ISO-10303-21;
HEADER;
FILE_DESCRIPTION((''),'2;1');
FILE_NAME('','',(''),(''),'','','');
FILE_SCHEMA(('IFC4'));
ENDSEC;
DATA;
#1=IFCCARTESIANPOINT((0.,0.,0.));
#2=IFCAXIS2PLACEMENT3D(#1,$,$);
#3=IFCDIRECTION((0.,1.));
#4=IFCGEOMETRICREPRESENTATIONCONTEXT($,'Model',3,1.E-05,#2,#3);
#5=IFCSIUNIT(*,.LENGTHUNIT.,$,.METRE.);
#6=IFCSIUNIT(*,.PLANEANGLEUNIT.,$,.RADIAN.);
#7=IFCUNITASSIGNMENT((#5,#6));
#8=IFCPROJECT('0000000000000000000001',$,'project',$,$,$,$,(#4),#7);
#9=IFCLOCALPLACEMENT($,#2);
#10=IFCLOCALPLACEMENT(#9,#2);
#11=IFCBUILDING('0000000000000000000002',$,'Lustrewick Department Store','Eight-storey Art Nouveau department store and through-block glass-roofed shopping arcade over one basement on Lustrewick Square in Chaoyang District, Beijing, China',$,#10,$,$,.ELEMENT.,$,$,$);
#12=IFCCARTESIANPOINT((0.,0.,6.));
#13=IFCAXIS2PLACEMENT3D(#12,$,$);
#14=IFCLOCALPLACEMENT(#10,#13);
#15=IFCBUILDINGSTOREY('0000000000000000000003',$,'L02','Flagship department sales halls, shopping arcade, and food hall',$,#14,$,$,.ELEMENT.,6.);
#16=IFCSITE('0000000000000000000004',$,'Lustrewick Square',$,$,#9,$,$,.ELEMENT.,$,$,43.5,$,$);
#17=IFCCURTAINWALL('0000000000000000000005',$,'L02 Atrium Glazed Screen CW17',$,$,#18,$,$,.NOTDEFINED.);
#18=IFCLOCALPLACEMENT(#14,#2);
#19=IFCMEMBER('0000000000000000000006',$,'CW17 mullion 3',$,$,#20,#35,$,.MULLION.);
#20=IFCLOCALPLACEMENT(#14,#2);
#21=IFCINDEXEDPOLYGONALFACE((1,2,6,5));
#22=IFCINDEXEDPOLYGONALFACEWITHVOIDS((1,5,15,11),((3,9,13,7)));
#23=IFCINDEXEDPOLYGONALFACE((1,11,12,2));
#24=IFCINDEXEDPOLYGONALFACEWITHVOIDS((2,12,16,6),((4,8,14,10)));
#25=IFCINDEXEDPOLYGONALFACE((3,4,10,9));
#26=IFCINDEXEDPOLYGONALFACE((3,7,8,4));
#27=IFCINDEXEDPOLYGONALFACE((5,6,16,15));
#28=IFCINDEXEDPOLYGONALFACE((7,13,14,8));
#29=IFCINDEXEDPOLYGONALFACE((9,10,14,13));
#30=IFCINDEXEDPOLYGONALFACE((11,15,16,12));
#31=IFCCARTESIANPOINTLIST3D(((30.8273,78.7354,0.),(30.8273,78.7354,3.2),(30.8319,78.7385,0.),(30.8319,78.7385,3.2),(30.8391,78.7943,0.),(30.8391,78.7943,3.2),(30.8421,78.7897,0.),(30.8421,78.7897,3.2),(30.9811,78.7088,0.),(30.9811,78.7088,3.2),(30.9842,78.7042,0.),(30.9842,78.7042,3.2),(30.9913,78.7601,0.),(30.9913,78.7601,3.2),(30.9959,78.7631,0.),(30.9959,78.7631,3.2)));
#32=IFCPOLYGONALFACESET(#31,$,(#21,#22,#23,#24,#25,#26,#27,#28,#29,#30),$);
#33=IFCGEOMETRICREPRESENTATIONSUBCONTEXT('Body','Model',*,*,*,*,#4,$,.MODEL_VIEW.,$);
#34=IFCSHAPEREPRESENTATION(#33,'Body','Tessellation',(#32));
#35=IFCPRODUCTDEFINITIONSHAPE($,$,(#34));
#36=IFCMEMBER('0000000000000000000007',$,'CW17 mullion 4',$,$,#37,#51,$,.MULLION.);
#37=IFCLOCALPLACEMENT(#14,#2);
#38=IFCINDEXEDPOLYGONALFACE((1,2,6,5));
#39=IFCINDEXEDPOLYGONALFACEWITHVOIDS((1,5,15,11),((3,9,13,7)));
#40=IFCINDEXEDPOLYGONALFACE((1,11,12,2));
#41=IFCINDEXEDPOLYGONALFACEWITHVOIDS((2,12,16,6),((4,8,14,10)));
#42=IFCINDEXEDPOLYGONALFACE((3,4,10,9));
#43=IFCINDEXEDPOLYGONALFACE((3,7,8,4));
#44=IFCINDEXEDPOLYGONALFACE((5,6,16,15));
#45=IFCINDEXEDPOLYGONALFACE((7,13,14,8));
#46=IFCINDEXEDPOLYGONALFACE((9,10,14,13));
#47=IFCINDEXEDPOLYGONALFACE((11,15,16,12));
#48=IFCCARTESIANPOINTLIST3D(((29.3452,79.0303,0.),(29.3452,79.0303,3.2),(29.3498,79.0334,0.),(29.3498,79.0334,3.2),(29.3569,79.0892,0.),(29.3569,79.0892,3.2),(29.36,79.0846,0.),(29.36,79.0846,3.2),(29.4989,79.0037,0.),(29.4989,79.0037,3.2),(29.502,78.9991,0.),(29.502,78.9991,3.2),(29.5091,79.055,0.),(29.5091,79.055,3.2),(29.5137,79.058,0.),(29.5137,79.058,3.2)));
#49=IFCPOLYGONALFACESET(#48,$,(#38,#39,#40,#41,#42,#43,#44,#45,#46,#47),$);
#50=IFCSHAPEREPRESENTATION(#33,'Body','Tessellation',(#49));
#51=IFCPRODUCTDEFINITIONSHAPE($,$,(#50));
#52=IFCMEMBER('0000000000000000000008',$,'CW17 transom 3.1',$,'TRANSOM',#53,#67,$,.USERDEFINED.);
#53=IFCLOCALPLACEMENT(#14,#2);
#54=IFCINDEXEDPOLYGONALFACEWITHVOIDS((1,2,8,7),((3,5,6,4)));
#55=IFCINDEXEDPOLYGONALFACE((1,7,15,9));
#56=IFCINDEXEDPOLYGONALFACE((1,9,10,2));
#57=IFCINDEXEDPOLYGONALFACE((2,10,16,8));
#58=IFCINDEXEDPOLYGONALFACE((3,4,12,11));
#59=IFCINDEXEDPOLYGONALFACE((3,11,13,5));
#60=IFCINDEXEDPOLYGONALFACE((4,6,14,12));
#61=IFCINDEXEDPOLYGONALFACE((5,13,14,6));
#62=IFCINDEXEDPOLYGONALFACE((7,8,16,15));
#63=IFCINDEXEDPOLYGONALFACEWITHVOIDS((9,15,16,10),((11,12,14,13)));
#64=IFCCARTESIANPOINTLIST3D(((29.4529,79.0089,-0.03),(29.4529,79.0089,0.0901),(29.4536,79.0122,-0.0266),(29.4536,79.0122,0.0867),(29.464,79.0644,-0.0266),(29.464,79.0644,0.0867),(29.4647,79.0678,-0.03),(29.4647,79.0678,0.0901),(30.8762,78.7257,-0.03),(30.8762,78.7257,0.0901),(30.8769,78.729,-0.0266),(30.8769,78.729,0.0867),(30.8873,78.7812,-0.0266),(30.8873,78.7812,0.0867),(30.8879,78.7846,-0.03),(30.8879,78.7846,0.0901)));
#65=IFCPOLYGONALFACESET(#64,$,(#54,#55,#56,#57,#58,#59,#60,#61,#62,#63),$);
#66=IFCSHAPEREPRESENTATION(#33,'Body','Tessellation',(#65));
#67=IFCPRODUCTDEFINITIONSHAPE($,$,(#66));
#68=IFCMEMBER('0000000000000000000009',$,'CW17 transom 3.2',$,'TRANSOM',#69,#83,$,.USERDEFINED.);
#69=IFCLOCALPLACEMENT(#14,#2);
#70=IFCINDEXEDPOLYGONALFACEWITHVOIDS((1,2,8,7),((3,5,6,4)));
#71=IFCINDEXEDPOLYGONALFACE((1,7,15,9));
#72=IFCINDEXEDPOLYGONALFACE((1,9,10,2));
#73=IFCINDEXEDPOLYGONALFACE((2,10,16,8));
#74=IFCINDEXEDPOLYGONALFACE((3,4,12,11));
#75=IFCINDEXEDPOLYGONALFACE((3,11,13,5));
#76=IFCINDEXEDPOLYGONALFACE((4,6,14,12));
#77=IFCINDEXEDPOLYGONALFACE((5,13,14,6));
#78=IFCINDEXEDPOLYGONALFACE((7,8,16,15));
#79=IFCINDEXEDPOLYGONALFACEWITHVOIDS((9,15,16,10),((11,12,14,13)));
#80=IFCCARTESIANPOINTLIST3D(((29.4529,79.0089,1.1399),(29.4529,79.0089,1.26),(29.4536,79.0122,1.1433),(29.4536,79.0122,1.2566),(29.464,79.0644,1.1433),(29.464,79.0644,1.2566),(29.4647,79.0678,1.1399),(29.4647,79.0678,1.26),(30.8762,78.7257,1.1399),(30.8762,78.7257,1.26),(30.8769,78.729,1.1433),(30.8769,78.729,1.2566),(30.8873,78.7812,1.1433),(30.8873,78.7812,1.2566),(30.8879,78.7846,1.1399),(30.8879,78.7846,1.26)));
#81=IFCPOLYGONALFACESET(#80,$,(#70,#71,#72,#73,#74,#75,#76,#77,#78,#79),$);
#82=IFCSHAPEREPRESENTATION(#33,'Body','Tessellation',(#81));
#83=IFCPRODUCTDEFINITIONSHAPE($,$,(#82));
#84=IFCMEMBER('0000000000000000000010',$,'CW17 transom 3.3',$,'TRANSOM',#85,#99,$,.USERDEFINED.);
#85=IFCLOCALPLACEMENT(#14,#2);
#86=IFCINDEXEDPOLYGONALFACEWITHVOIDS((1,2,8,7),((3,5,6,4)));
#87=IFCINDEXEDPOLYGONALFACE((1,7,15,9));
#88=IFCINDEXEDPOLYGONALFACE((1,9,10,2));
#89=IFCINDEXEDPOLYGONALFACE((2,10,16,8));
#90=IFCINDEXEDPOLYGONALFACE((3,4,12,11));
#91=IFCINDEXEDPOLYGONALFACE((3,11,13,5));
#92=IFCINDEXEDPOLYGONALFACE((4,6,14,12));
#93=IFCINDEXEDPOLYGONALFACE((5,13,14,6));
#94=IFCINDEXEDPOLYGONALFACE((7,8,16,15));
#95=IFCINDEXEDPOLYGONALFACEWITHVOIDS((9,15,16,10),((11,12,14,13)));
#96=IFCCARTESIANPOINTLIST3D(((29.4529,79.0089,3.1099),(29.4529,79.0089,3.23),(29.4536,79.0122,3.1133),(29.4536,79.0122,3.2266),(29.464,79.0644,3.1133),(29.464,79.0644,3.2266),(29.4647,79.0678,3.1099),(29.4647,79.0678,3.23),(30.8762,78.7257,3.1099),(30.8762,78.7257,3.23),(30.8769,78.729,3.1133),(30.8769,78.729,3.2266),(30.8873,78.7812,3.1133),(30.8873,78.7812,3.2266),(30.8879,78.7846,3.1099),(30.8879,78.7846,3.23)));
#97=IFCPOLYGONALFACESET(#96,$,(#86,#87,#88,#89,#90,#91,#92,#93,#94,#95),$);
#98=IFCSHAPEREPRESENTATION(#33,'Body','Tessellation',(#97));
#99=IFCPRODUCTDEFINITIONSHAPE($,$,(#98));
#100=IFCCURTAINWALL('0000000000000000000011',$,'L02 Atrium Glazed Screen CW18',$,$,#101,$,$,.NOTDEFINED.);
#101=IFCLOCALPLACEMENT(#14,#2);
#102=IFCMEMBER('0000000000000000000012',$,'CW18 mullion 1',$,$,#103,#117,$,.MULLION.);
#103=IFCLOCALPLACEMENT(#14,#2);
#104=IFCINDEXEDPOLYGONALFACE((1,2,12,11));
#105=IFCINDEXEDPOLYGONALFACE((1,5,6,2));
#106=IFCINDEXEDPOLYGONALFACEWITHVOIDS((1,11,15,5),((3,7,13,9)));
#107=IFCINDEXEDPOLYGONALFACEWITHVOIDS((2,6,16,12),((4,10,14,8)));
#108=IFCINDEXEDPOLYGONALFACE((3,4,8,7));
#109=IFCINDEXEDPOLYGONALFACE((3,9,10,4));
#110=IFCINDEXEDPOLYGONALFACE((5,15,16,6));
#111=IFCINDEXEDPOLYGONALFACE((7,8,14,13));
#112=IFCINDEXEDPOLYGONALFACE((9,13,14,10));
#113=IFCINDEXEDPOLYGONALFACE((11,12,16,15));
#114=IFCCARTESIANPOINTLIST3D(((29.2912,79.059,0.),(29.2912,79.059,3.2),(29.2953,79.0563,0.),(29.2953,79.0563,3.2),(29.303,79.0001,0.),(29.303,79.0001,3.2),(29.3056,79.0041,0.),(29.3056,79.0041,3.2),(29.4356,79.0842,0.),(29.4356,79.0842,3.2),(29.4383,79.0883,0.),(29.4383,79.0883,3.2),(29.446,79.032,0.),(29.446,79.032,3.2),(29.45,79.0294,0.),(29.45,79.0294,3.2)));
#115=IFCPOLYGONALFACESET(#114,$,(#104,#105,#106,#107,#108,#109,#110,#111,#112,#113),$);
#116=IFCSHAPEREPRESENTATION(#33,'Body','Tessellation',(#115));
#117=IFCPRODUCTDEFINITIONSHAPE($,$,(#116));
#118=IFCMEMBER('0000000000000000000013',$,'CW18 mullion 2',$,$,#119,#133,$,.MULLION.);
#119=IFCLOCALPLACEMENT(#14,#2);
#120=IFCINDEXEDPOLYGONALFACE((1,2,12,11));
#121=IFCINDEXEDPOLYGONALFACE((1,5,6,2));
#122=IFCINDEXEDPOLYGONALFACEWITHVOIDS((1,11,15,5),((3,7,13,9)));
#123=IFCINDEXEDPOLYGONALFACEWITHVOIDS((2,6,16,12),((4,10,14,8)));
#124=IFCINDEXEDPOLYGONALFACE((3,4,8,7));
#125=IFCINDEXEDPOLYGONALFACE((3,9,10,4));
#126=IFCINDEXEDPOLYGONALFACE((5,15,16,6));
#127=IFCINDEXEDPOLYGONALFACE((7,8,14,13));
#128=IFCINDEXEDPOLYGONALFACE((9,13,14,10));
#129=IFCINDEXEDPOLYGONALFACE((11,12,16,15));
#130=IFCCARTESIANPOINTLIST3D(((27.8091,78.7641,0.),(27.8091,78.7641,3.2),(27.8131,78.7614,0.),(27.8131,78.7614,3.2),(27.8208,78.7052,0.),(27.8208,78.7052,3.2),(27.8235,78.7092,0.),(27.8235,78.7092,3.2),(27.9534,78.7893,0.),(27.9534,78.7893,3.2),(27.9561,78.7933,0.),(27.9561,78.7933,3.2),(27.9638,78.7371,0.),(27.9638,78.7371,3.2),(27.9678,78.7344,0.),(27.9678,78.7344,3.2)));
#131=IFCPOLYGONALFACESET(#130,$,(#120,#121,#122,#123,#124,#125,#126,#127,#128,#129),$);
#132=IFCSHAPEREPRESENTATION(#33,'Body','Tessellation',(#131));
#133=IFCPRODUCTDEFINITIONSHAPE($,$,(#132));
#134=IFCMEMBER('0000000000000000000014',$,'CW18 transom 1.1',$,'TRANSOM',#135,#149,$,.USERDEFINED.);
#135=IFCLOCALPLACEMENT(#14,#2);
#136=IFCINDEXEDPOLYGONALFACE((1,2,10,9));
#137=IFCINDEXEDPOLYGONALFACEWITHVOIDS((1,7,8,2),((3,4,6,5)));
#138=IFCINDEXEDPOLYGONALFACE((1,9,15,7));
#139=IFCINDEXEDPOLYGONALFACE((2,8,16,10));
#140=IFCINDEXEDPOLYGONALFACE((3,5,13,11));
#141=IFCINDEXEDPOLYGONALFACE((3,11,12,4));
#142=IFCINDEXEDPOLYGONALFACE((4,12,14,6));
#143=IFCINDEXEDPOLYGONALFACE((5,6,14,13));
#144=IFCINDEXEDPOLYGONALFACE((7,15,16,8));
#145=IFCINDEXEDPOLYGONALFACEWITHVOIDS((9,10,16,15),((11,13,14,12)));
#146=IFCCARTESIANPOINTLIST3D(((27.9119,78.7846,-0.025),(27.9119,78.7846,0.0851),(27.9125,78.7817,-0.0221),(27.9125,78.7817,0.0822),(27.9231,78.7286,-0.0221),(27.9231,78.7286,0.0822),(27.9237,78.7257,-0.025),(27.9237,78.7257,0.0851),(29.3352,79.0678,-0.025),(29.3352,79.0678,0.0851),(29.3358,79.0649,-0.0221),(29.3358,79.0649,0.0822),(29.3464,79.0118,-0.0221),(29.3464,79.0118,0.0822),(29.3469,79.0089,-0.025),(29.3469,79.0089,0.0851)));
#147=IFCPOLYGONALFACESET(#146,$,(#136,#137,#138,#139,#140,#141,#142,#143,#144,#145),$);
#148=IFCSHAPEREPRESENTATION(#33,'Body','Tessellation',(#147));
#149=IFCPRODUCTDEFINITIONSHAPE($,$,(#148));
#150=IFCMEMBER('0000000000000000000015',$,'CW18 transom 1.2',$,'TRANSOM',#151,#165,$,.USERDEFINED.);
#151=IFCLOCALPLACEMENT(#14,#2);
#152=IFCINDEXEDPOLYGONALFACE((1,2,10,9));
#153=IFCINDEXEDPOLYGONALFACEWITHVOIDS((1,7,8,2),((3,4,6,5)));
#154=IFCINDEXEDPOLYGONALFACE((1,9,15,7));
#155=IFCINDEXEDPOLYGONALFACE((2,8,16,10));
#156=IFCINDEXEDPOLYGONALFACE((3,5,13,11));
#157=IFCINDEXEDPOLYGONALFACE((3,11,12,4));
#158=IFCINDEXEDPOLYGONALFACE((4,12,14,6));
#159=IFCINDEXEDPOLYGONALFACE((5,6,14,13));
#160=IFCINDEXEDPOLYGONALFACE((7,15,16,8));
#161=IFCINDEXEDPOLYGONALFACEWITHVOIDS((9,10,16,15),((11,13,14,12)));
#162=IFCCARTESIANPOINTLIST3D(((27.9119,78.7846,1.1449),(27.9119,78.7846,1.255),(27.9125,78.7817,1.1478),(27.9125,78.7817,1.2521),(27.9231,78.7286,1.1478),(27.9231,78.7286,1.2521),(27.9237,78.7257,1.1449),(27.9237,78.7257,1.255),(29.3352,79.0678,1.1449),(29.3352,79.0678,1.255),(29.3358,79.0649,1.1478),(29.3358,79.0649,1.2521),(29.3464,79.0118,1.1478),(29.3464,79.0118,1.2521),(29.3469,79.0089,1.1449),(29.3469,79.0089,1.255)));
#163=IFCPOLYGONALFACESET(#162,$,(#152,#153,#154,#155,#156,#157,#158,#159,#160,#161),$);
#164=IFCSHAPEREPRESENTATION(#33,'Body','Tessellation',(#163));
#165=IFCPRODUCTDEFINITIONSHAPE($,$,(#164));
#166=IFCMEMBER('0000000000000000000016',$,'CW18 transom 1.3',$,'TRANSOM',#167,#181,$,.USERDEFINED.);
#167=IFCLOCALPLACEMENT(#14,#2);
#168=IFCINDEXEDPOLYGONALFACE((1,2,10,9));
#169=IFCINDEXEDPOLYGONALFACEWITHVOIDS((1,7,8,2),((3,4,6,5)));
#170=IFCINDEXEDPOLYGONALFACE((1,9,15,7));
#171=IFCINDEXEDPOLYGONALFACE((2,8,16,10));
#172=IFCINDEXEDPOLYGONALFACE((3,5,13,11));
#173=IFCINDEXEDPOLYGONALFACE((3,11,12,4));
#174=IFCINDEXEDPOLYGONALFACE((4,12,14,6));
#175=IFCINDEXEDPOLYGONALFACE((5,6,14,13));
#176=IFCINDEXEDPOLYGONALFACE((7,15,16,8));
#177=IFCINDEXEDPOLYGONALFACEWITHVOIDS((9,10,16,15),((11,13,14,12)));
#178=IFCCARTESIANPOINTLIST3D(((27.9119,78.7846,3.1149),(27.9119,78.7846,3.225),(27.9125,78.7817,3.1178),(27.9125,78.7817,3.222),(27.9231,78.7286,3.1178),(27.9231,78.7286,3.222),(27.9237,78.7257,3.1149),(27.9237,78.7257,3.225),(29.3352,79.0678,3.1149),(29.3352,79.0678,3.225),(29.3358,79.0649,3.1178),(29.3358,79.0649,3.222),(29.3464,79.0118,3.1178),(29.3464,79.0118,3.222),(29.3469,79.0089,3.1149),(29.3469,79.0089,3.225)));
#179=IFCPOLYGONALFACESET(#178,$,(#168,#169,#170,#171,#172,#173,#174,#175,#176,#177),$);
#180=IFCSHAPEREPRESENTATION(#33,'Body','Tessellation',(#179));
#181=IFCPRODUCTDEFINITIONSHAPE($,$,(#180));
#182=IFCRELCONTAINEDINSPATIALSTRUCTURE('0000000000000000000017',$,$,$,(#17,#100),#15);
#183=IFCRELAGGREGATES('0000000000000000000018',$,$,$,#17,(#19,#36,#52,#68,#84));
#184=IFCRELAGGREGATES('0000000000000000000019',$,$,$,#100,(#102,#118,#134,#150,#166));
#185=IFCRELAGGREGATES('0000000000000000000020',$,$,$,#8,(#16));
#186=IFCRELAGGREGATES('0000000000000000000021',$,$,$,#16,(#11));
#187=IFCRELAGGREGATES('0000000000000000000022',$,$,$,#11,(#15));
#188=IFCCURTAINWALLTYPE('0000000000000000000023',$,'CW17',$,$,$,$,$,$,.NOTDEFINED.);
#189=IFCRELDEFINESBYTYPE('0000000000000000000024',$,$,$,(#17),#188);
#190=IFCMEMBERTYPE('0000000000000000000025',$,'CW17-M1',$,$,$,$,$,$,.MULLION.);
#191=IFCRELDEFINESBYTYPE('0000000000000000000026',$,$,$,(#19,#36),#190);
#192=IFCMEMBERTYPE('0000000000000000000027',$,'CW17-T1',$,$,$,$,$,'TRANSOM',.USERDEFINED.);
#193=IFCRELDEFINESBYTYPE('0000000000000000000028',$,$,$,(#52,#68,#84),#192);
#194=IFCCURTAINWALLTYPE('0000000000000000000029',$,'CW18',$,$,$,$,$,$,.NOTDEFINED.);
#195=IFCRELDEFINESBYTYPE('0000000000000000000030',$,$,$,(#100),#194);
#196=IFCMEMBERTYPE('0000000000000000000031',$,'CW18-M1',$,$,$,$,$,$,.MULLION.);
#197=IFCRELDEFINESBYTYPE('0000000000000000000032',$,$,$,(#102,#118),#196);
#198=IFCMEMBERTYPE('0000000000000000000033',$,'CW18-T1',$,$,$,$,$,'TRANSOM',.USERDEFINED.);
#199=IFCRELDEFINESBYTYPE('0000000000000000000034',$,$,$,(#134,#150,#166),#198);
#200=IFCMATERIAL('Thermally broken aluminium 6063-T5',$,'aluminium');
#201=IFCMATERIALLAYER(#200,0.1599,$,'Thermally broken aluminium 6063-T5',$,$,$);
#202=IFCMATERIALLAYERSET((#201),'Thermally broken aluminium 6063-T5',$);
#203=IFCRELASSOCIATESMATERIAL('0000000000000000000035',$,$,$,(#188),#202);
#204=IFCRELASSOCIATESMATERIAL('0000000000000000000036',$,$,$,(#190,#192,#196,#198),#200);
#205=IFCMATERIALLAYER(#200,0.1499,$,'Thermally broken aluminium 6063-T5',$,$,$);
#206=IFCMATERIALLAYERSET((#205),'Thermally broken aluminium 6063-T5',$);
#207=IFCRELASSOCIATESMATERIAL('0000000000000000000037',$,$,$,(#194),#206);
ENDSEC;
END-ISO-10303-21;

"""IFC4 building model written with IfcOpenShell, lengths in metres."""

from ifc_helpers import new_model, si_unit, direction, frame, origin, origin_2d, place, context, subcontext, project, spatial, hollow_rectangle, extrude, material, layer, layer_set, material_profile, profile_set, type_object, element, aggregate, save


model = new_model("IFC4")

# Units and contexts
model_context = context("Model", 3, precision=1e-05, world=origin(), true_north=direction((0.0, 1.0)))
body_context = subcontext(model_context, "Body", "Model", "MODEL_VIEW")
ifc_project = project(units=[si_unit("LENGTHUNIT", "METRE"), si_unit("PLANEANGLEUNIT", "RADIAN")], contexts=[model_context])

# Site, building, storey
site_placement = place(None, origin())
site = spatial("IfcSite", under=ifc_project, at=site_placement, Name="Lustrewick Square", CompositionType="ELEMENT", RefElevation=43.5)
building_placement = place(site_placement, origin())
building = spatial("IfcBuilding", under=site, at=building_placement, Name="Lustrewick Department Store", Description="Eight-storey Art Nouveau department store and through-block glass-roofed shopping arcade over one basement on Lustrewick Square in Chaoyang District, Beijing, China", CompositionType="ELEMENT")
storey_placement = place(building_placement, frame((0.0, 0.0, 6.0)))
storey = spatial("IfcBuildingStorey", under=building, at=storey_placement, Name="L02", Description="Flagship department sales halls, shopping arcade, and food hall", CompositionType="ELEMENT", Elevation=6.0)

# Curtain walls, members
ifc_material_1 = material(Name="Thermally broken aluminium 6063-T5", Category="aluminium")
ifc_layer_1 = layer(ifc_material_1, 0.1599, Name="Thermally broken aluminium 6063-T5")
ifc_layer_set_1 = layer_set([ifc_layer_1], Name="Thermally broken aluminium 6063-T5")
curtain_wall_type_1 = type_object("IfcCurtainWallType", Name="CW17", PredefinedType="NOTDEFINED", material=ifc_layer_set_1)
curtain_wall_1_placement = place(storey_placement, origin())
curtain_wall_1 = element("IfcCurtainWall", 1, at=curtain_wall_1_placement, inside=storey, type_object=curtain_wall_type_1, Name="L02 Atrium Glazed Screen CW17", PredefinedType="NOTDEFINED")
ifc_material_profile_1 = material_profile(ifc_material_1, hollow_rectangle(XDim=0.0601, YDim=0.1599, WallThickness=0.0039, at=origin_2d()), Name="ALU-M 60x160x4")
ifc_profile_set_1 = profile_set([ifc_material_profile_1], Name="Thermally broken aluminium 6063-T5")
member_type_1 = type_object("IfcMemberType", Name="CW17-M1", PredefinedType="MULLION", material=ifc_profile_set_1)
member_1_placement = place(storey_placement, frame((30.9116, 78.7493, 0.0), z_axis=(0.0, 0.0, 1.0), x_axis=(-0.195085, -0.980786, 0.0)))
member_1 = element("IfcMember", 2, at=member_1_placement, type_object=member_type_1, Name="CW17 mullion 3", PredefinedType="MULLION", context=body_context, shape_type="SweptSolid", body=[
    extrude(hollow_rectangle(XDim=0.0601, YDim=0.1599, WallThickness=0.0039, at=origin_2d()), origin(), (0.0, 0.0, 1.0), 3.2),
])
member_2_placement = place(storey_placement, frame((29.4294, 79.0442, 0.0), z_axis=(0.0, 0.0, 1.0), x_axis=(-0.195085, -0.980786, 0.0)))
member_2 = element("IfcMember", 3, at=member_2_placement, type_object=member_type_1, Name="CW17 mullion 4", PredefinedType="MULLION", context=body_context, shape_type="SweptSolid", body=[
    extrude(hollow_rectangle(XDim=0.0601, YDim=0.1599, WallThickness=0.0039, at=origin_2d()), origin(), (0.0, 0.0, 1.0), 3.2),
])
ifc_material_profile_2 = material_profile(ifc_material_1, hollow_rectangle(XDim=0.0601, YDim=0.1201, WallThickness=0.0034, at=origin_2d()), Name="ALU-T 60x120x3.5")
ifc_profile_set_2 = profile_set([ifc_material_profile_2], Name="Thermally broken aluminium 6063-T5")
member_type_2 = type_object("IfcMemberType", Name="CW17-T1", ElementType="TRANSOM", PredefinedType="USERDEFINED", material=ifc_profile_set_2)
member_3_placement = place(storey_placement, frame((30.8821, 78.7551, 0.03), z_axis=(-0.980774, 0.195145, 0.0), x_axis=(-0.195145, -0.980774, 0.0)))
member_3 = element("IfcMember", 4, at=member_3_placement, type_object=member_type_2, Name="CW17 transom 3.1", ObjectType="TRANSOM", PredefinedType="USERDEFINED", context=body_context, shape_type="SweptSolid", body=[
    extrude(hollow_rectangle(XDim=0.0601, YDim=0.1201, WallThickness=0.0034, at=origin_2d()), origin(), (0.0, 0.0, 1.0), 1.4512),
])
member_4_placement = place(storey_placement, frame((30.8821, 78.7551, 1.2), z_axis=(-0.980774, 0.195145, 0.0), x_axis=(-0.195145, -0.980774, 0.0)))
member_4 = element("IfcMember", 5, at=member_4_placement, type_object=member_type_2, Name="CW17 transom 3.2", ObjectType="TRANSOM", PredefinedType="USERDEFINED", context=body_context, shape_type="SweptSolid", body=[
    extrude(hollow_rectangle(XDim=0.0601, YDim=0.1201, WallThickness=0.0034, at=origin_2d()), origin(), (0.0, 0.0, 1.0), 1.4512),
])
member_5_placement = place(storey_placement, frame((30.8821, 78.7551, 3.1699), z_axis=(-0.980774, 0.195145, 0.0), x_axis=(-0.195145, -0.980774, 0.0)))
member_5 = element("IfcMember", 6, at=member_5_placement, type_object=member_type_2, Name="CW17 transom 3.3", ObjectType="TRANSOM", PredefinedType="USERDEFINED", context=body_context, shape_type="SweptSolid", body=[
    extrude(hollow_rectangle(XDim=0.0601, YDim=0.1201, WallThickness=0.0034, at=origin_2d()), origin(), (0.0, 0.0, 1.0), 1.4512),
])
ifc_layer_2 = layer(ifc_material_1, 0.1499, Name="Thermally broken aluminium 6063-T5")
ifc_layer_set_2 = layer_set([ifc_layer_2], Name="Thermally broken aluminium 6063-T5")
curtain_wall_type_2 = type_object("IfcCurtainWallType", Name="CW18", PredefinedType="NOTDEFINED", material=ifc_layer_set_2)
curtain_wall_2_placement = place(storey_placement, origin())
curtain_wall_2 = element("IfcCurtainWall", 7, at=curtain_wall_2_placement, inside=storey, type_object=curtain_wall_type_2, Name="L02 Atrium Glazed Screen CW18", PredefinedType="NOTDEFINED")
ifc_material_profile_3 = material_profile(ifc_material_1, hollow_rectangle(XDim=0.0601, YDim=0.1499, WallThickness=0.0034, at=origin_2d()), Name="ALU-M 60x150x3.5")
ifc_profile_set_3 = profile_set([ifc_material_profile_3], Name="Thermally broken aluminium 6063-T5")
member_type_3 = type_object("IfcMemberType", Name="CW18-M1", PredefinedType="MULLION", material=ifc_profile_set_3)
member_6_placement = place(storey_placement, frame((29.3706, 79.0442, 0.0), z_axis=(0.0, 0.0, 1.0), x_axis=(0.195085, -0.980786, 0.0)))
member_6 = element("IfcMember", 8, at=member_6_placement, type_object=member_type_3, Name="CW18 mullion 1", PredefinedType="MULLION", context=body_context, shape_type="SweptSolid", body=[
    extrude(hollow_rectangle(XDim=0.0601, YDim=0.1499, WallThickness=0.0034, at=origin_2d()), origin(), (0.0, 0.0, 1.0), 3.2),
])
member_7_placement = place(storey_placement, frame((27.8884, 78.7493, 0.0), z_axis=(0.0, 0.0, 1.0), x_axis=(0.195085, -0.980786, 0.0)))
member_7 = element("IfcMember", 9, at=member_7_placement, type_object=member_type_3, Name="CW18 mullion 2", PredefinedType="MULLION", context=body_context, shape_type="SweptSolid", body=[
    extrude(hollow_rectangle(XDim=0.0601, YDim=0.1499, WallThickness=0.0034, at=origin_2d()), origin(), (0.0, 0.0, 1.0), 3.2),
])
ifc_material_profile_4 = material_profile(ifc_material_1, hollow_rectangle(XDim=0.0601, YDim=0.1101, WallThickness=0.0029, at=origin_2d()), Name="ALU-T 60x110x3")
ifc_profile_set_4 = profile_set([ifc_material_profile_4], Name="Thermally broken aluminium 6063-T5")
member_type_4 = type_object("IfcMemberType", Name="CW18-T1", ElementType="TRANSOM", PredefinedType="USERDEFINED", material=ifc_profile_set_4)
member_8_placement = place(storey_placement, frame((29.3411, 79.0383, 0.03), z_axis=(-0.980774, -0.195145, 0.0), x_axis=(0.195145, -0.980774, 0.0)))
member_8 = element("IfcMember", 10, at=member_8_placement, type_object=member_type_4, Name="CW18 transom 1.1", ObjectType="TRANSOM", PredefinedType="USERDEFINED", context=body_context, shape_type="SweptSolid", body=[
    extrude(hollow_rectangle(XDim=0.0601, YDim=0.1101, WallThickness=0.0029, at=origin_2d()), origin(), (0.0, 0.0, 1.0), 1.4512),
])
member_9_placement = place(storey_placement, frame((29.3411, 79.0383, 1.2), z_axis=(-0.980774, -0.195145, 0.0), x_axis=(0.195145, -0.980774, 0.0)))
member_9 = element("IfcMember", 11, at=member_9_placement, type_object=member_type_4, Name="CW18 transom 1.2", ObjectType="TRANSOM", PredefinedType="USERDEFINED", context=body_context, shape_type="SweptSolid", body=[
    extrude(hollow_rectangle(XDim=0.0601, YDim=0.1101, WallThickness=0.0029, at=origin_2d()), origin(), (0.0, 0.0, 1.0), 1.4512),
])
member_10_placement = place(storey_placement, frame((29.3411, 79.0383, 3.1699), z_axis=(-0.980774, -0.195145, 0.0), x_axis=(0.195145, -0.980774, 0.0)))
member_10 = element("IfcMember", 12, at=member_10_placement, type_object=member_type_4, Name="CW18 transom 1.3", ObjectType="TRANSOM", PredefinedType="USERDEFINED", context=body_context, shape_type="SweptSolid", body=[
    extrude(hollow_rectangle(XDim=0.0601, YDim=0.1101, WallThickness=0.0029, at=origin_2d()), origin(), (0.0, 0.0, 1.0), 1.4512),
])

aggregate(curtain_wall_1, [member_1, member_2, member_3, member_4, member_5])
aggregate(curtain_wall_2, [member_6, member_7, member_8, member_9, member_10])

save(model, "model.ifc")
